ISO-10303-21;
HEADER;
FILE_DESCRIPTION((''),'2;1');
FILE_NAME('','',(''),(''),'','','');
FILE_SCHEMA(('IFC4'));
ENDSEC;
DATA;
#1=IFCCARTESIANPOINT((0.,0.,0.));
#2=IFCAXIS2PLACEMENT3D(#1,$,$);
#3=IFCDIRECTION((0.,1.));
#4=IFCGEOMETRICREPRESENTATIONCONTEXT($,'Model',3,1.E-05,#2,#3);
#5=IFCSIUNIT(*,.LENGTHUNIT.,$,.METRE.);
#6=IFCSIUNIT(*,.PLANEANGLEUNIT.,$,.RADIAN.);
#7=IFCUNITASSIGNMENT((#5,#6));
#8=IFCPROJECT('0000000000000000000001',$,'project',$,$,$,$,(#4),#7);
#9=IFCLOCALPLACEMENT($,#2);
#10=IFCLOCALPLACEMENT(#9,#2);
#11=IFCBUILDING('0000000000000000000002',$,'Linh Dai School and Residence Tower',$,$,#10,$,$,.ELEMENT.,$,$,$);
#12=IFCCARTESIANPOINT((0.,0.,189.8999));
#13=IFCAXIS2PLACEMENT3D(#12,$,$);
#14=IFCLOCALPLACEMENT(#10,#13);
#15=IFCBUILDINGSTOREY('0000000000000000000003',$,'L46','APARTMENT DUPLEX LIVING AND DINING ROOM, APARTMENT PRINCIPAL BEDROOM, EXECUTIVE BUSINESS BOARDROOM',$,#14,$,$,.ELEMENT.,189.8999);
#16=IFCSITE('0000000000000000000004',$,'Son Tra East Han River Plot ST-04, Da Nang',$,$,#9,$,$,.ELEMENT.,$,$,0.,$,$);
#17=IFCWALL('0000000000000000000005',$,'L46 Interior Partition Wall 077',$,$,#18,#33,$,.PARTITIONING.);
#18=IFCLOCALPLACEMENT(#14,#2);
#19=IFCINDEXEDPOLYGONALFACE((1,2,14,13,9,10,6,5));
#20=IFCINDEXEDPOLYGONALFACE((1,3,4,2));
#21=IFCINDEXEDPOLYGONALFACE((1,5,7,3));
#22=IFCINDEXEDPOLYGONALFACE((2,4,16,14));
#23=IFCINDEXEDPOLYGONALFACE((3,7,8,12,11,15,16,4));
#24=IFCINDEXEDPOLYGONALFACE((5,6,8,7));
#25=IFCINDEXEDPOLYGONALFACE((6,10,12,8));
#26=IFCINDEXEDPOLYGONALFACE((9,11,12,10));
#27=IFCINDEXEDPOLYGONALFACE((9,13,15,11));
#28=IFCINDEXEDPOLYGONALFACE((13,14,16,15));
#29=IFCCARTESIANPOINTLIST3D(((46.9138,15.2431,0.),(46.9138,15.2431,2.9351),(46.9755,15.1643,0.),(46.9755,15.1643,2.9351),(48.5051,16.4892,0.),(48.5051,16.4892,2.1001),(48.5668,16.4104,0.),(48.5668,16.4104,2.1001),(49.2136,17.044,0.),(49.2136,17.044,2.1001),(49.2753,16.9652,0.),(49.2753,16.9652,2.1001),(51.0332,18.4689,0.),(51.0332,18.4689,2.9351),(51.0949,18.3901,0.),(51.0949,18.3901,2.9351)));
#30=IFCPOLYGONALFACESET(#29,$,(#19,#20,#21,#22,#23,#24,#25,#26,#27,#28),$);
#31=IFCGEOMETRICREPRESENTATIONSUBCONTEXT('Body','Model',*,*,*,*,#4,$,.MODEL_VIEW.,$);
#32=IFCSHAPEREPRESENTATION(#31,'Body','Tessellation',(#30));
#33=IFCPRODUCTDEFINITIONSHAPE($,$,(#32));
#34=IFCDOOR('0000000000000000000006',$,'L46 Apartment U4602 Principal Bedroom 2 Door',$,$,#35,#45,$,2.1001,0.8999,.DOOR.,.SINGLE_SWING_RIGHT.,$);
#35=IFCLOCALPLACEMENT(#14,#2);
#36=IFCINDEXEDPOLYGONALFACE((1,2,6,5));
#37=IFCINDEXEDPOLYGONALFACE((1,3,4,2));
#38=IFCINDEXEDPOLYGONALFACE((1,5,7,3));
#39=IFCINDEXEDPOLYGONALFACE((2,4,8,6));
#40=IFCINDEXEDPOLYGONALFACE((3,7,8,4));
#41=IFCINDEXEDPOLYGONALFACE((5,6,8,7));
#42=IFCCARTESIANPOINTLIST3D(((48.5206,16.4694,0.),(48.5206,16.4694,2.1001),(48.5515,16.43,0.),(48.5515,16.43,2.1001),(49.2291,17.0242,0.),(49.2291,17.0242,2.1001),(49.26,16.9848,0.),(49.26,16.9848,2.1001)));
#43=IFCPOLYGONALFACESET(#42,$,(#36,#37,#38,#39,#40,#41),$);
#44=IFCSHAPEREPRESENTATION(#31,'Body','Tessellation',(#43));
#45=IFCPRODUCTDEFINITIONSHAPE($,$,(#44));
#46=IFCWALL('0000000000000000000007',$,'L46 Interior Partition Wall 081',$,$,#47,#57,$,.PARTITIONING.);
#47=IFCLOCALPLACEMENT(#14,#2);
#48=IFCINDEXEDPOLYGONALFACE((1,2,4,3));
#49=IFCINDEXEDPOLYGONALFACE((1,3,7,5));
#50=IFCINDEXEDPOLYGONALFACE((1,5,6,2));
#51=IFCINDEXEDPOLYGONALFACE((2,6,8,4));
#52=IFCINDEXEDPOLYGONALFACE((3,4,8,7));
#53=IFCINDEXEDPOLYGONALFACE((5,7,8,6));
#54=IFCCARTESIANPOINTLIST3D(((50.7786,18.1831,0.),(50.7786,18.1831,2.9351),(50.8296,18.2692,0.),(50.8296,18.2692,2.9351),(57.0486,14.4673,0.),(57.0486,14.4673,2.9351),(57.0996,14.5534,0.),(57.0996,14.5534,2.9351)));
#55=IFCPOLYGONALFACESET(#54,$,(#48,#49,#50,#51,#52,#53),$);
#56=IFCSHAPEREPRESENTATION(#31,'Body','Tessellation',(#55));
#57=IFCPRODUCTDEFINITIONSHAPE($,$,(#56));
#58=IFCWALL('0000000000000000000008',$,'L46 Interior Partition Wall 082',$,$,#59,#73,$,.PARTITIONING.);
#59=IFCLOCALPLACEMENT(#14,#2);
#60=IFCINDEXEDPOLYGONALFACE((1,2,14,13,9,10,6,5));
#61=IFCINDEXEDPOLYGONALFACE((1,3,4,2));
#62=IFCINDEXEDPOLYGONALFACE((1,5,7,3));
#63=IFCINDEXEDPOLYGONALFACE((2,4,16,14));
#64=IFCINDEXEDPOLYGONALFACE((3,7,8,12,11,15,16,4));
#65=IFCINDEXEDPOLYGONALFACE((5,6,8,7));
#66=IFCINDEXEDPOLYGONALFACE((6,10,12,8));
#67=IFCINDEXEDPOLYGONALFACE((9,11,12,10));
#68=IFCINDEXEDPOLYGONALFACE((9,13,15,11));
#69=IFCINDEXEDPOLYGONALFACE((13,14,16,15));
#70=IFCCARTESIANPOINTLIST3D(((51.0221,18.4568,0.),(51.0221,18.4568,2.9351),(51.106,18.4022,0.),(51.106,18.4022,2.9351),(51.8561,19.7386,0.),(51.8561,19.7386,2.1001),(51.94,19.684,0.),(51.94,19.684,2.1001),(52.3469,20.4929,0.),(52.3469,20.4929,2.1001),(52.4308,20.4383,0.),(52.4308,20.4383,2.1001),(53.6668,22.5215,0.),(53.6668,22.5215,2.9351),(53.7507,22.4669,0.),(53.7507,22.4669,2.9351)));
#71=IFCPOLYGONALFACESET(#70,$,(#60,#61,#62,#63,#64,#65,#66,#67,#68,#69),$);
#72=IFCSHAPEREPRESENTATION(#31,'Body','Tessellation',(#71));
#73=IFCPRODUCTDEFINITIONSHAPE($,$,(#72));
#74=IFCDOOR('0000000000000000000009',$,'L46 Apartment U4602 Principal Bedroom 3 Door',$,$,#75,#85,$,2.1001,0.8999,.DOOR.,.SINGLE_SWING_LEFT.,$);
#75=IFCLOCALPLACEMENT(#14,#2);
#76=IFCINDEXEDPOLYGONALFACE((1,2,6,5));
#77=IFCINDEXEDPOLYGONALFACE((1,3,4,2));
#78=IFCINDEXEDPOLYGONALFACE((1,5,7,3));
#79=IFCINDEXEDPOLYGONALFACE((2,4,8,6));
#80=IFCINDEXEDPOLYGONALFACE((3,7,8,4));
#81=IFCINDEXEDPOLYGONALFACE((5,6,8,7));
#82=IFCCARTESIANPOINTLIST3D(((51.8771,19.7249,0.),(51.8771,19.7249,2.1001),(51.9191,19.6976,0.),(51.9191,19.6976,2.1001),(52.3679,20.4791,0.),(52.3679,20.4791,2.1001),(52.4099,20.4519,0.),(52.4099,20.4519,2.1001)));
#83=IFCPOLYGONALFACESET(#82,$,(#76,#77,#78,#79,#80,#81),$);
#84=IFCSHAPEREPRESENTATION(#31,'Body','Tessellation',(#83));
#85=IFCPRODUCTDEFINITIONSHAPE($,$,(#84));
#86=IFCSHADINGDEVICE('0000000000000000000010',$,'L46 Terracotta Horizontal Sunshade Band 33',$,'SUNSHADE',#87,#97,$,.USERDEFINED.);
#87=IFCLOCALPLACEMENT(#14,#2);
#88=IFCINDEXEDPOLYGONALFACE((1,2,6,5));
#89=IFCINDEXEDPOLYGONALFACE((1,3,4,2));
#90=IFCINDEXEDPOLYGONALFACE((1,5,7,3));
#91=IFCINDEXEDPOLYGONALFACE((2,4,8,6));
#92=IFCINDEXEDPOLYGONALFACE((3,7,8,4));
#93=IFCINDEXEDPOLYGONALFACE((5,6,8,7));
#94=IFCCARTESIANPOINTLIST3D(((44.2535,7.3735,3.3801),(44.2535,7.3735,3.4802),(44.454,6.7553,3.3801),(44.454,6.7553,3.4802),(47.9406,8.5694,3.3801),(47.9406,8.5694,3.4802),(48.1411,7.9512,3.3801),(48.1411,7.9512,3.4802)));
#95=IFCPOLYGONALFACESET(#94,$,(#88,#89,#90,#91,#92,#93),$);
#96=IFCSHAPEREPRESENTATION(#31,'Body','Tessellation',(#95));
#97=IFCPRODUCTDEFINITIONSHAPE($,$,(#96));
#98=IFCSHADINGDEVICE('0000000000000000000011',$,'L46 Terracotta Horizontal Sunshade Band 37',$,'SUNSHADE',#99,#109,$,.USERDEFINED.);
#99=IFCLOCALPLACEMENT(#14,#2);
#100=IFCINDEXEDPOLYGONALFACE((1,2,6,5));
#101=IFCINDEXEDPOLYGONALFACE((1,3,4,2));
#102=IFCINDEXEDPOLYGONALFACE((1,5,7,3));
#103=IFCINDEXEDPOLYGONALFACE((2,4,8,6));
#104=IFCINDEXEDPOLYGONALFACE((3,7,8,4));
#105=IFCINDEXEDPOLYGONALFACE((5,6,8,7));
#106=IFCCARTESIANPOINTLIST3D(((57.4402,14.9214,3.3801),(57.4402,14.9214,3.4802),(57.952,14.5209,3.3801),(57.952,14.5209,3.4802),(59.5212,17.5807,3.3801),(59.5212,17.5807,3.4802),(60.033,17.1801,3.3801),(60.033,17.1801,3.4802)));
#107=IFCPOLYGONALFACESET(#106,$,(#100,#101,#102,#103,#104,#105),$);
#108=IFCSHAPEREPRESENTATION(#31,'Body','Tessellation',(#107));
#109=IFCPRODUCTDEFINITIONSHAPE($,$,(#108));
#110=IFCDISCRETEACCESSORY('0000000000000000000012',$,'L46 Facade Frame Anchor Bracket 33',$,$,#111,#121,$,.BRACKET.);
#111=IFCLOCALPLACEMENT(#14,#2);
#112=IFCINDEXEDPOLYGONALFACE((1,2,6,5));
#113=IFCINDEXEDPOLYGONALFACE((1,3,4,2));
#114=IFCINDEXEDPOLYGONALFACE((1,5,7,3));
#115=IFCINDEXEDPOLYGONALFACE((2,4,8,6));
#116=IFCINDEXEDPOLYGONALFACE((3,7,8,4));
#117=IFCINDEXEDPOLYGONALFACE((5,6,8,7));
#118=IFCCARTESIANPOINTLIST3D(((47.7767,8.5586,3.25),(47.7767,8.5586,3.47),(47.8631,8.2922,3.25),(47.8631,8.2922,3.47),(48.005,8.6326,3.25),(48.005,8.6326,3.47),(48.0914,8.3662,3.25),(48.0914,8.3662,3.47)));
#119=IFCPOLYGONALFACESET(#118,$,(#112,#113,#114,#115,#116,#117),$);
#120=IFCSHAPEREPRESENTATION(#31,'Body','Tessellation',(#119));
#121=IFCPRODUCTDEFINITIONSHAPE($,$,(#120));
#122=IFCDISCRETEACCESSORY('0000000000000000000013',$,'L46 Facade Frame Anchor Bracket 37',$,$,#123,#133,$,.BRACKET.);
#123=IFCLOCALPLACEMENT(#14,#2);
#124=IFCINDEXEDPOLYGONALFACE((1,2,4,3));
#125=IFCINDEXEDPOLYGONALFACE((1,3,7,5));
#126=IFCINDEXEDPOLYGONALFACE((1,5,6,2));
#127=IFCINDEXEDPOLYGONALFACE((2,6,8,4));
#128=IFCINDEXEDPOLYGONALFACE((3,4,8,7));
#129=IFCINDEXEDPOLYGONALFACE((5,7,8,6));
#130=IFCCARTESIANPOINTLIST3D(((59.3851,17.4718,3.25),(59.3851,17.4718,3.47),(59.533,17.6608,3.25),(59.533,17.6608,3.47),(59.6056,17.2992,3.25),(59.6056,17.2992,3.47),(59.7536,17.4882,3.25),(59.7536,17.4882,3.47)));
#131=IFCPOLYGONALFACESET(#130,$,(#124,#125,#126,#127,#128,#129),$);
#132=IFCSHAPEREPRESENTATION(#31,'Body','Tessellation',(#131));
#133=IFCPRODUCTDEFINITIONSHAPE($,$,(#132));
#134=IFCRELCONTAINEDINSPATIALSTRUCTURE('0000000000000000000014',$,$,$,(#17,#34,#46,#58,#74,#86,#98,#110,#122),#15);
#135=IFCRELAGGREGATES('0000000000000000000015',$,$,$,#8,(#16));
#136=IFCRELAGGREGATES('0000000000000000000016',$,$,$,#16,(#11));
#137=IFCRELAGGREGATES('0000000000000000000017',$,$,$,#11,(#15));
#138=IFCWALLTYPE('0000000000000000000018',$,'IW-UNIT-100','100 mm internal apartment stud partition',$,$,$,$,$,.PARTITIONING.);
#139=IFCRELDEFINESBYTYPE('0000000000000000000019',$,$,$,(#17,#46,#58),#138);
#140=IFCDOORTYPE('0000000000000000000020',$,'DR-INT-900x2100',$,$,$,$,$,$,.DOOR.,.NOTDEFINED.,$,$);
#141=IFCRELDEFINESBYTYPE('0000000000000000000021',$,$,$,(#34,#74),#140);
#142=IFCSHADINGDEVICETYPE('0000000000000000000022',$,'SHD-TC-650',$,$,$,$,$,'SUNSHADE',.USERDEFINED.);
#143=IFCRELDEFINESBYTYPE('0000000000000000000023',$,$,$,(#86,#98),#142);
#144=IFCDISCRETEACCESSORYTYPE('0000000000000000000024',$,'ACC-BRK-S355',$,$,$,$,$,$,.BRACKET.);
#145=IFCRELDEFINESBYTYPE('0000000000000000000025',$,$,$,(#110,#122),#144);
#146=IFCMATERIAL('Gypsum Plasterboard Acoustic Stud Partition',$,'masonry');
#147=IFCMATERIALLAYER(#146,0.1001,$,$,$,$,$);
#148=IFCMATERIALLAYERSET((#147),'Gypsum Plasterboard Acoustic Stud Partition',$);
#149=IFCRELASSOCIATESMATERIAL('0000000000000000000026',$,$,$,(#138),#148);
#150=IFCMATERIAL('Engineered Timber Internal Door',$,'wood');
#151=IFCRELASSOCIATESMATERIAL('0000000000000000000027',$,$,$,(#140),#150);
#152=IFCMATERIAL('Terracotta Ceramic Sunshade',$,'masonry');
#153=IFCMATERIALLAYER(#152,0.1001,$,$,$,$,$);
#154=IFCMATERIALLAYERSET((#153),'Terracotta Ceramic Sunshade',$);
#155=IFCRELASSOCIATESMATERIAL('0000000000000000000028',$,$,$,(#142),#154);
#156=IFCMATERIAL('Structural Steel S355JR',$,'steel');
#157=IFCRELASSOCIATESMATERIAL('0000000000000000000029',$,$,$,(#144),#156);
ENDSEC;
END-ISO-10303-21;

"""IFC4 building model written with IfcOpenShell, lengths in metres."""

from ifc_helpers import new_model, si_unit, direction, frame, frame_2d, origin, origin_2d, place, context, subcontext, project, spatial, rectangle, extrude, source, transform, mapped, material, layer, layer_set, type_object, element, fill, save


model = new_model("IFC4")

# Units and contexts
model_context = context("Model", 3, precision=1e-05, world=origin(), true_north=direction((0.0, 1.0)))
body_context = subcontext(model_context, "Body", "Model", "MODEL_VIEW")
ifc_project = project(units=[si_unit("LENGTHUNIT", "METRE"), si_unit("PLANEANGLEUNIT", "RADIAN")], contexts=[model_context])

# Site, building, storey
site_placement = place(None, origin())
site = spatial("IfcSite", under=ifc_project, at=site_placement, Name="Son Tra East Han River Plot ST-04, Da Nang", CompositionType="ELEMENT", RefElevation=0.0)
building_placement = place(site_placement, origin())
building = spatial("IfcBuilding", under=site, at=building_placement, Name="Linh Dai School and Residence Tower", CompositionType="ELEMENT")
storey_placement = place(building_placement, frame((0.0, 0.0, 189.8999)))
storey = spatial("IfcBuildingStorey", under=building, at=storey_placement, Name="L46", Description="APARTMENT DUPLEX LIVING AND DINING ROOM, APARTMENT PRINCIPAL BEDROOM, EXECUTIVE BUSINESS BOARDROOM", CompositionType="ELEMENT", Elevation=189.8999)

# Shared definitions
ifc_material_1 = material(Name="Structural Steel S355JR", Category="steel")

# Shared definitions
ifc_material_2 = material(Name="Gypsum Plasterboard Acoustic Stud Partition", Category="masonry")
ifc_layer_1 = layer(ifc_material_2, 0.1001)
ifc_layer_set_1 = layer_set([ifc_layer_1], Name="Gypsum Plasterboard Acoustic Stud Partition")
wall_type_1 = type_object("IfcWallType", Name="IW-UNIT-100", Description="100 mm internal apartment stud partition", PredefinedType="PARTITIONING", material=ifc_layer_set_1)

# Wall, opening, door
wall_1_placement = place(storey_placement, frame((46.9446, 15.2036, 0.0), z_axis=(0.0, 0.0, 1.0), x_axis=(0.787323, 0.616541, 0.0)))
wall_1 = element("IfcWall", 1, at=wall_1_placement, inside=storey, type_object=wall_type_1, Name="L46 Interior Partition Wall 077", PredefinedType="PARTITIONING", context=body_context, shape_type="SweptSolid", body=[
    extrude(rectangle(XDim=5.2322, YDim=0.1001, at=frame_2d((2.6162, 0.0))), origin(), (0.0, 0.0, 1.0), 2.9351),
])
opening_1_placement = place(wall_1_placement, frame((2.0212, 0.0, 0.0)))
opening_1 = element("IfcOpeningElement", 2, at=opening_1_placement, cuts=wall_1, PredefinedType="OPENING", context=body_context, shape_type="SweptSolid", body=[
    extrude(rectangle(XDim=0.8999, YDim=2.1001, at=origin_2d()), frame((0.45, 0.0601, 1.05), z_axis=(0.0, -1.0, 0.0), x_axis=(1.0, 0.0, 0.0)), (0.0, 0.0, 1.0), 0.1201),
])
ifc_material_3 = material(Name="Engineered Timber Internal Door", Category="wood")
door_type = type_object("IfcDoorType", Name="DR-INT-900x2100", OperationType="NOTDEFINED", PredefinedType="DOOR", material=ifc_material_3)
shared_shape_1 = source(origin(), body_context, "Body", "SweptSolid", [
    extrude(rectangle(XDim=0.8999, YDim=2.1001, at=origin_2d()), frame((0.45, 0.0249, 1.05), z_axis=(0.0, -1.0, 0.0), x_axis=(1.0, 0.0, 0.0)), (0.0, 0.0, 1.0), 0.05),
])
door_1_placement = place(opening_1_placement, origin())
door_1 = element("IfcDoor", 3, at=door_1_placement, inside=storey, type_object=door_type, Name="L46 Apartment U4602 Principal Bedroom 2 Door", OperationType="SINGLE_SWING_RIGHT", OverallHeight=2.1001, OverallWidth=0.8999, PredefinedType="DOOR", context=body_context, shape_type="MappedRepresentation", body=[
    mapped(shared_shape_1, transform((0.0, 0.0, 0.0), x_axis=(1.0, 0.0, 0.0), y_axis=(0.0, 1.0, 0.0), z_axis=(0.0, 0.0, 1.0), scale=1.0)),
])
fill(opening_1, door_1)

# Wall
wall_2_placement = place(storey_placement, frame((50.8042, 18.2261, 0.0), z_axis=(0.0, 0.0, 1.0), x_axis=(0.860276, -0.509828, 0.0)))
element("IfcWall", 4, at=wall_2_placement, inside=storey, type_object=wall_type_1, Name="L46 Interior Partition Wall 081", PredefinedType="PARTITIONING", context=body_context, shape_type="SweptSolid", body=[
    extrude(rectangle(XDim=7.2883, YDim=0.1001, at=frame_2d((3.644, 0.0))), origin(), (0.0, 0.0, 1.0), 2.9351),
])

# Wall, opening, door
wall_3_placement = place(storey_placement, frame((51.064, 18.4294, 0.0), z_axis=(0.0, 0.0, 1.0), x_axis=(0.545383, 0.838187, 0.0)))
wall_3 = element("IfcWall", 5, at=wall_3_placement, inside=storey, type_object=wall_type_1, Name="L46 Interior Partition Wall 082", PredefinedType="PARTITIONING", context=body_context, shape_type="SweptSolid", body=[
    extrude(rectangle(XDim=4.8494, YDim=0.1001, at=frame_2d((2.4248, 0.0))), origin(), (0.0, 0.0, 1.0), 2.9351),
])
opening_2_placement = place(wall_3_placement, frame((1.5293, 0.0, 0.0)))
opening_2 = element("IfcOpeningElement", 6, at=opening_2_placement, cuts=wall_3, PredefinedType="OPENING", context=body_context, shape_type="SweptSolid", body=[
    extrude(rectangle(XDim=0.8999, YDim=2.1001, at=origin_2d()), frame((0.45, 0.0601, 1.05), z_axis=(0.0, -1.0, 0.0), x_axis=(1.0, 0.0, 0.0)), (0.0, 0.0, 1.0), 0.1201),
])
door_2_placement = place(opening_2_placement, origin())
door_2 = element("IfcDoor", 7, at=door_2_placement, inside=storey, type_object=door_type, Name="L46 Apartment U4602 Principal Bedroom 3 Door", OperationType="SINGLE_SWING_LEFT", OverallHeight=2.1001, OverallWidth=0.8999, PredefinedType="DOOR", context=body_context, shape_type="MappedRepresentation", body=[
    mapped(shared_shape_1, transform((0.0, 0.0, 0.0), x_axis=(1.0, 0.0, 0.0), y_axis=(0.0, 1.0, 0.0), z_axis=(0.0, 0.0, 1.0), scale=1.0)),
])
fill(opening_2, door_2)

# Shading devices
ifc_material_4 = material(Name="Terracotta Ceramic Sunshade", Category="masonry")
ifc_layer_2 = layer(ifc_material_4, 0.1001)
ifc_layer_set_2 = layer_set([ifc_layer_2], Name="Terracotta Ceramic Sunshade")
shading_device_type = type_object("IfcShadingDeviceType", Name="SHD-TC-650", ElementType="SUNSHADE", PredefinedType="USERDEFINED", material=ifc_layer_set_2)
shared_shape_2 = source(origin(), body_context, "Body", "SweptSolid", [
    extrude(rectangle(XDim=3.8762, YDim=0.6499, at=origin_2d()), origin(), (0.0, 0.0, 1.0), 0.1001),
])
shading_device_1_placement = place(storey_placement, frame((46.1973, 7.6624, 3.3801), z_axis=(0.0, 0.0, 1.0), x_axis=(-0.951213, -0.308536, 0.0)))
element("IfcShadingDevice", 8, at=shading_device_1_placement, inside=storey, type_object=shading_device_type, Name="L46 Terracotta Horizontal Sunshade Band 33", ObjectType="SUNSHADE", PredefinedType="USERDEFINED", context=body_context, shape_type="MappedRepresentation", body=[
    mapped(shared_shape_2, transform((0.0, 0.0, 0.0), x_axis=(1.0, 0.0, 0.0), y_axis=(0.0, 1.0, 0.0), z_axis=(0.0, 0.0, 1.0), scale=1.0)),
])
shared_shape_3 = source(origin(), body_context, "Body", "SweptSolid", [
    extrude(rectangle(XDim=3.3767, YDim=0.6499, at=origin_2d()), origin(), (0.0, 0.0, 1.0), 0.1001),
])
shading_device_2_placement = place(storey_placement, frame((58.7366, 16.0508, 3.3801), z_axis=(0.0, 0.0, 1.0), x_axis=(-0.616286, -0.787522, 0.0)))
element("IfcShadingDevice", 9, at=shading_device_2_placement, inside=storey, type_object=shading_device_type, Name="L46 Terracotta Horizontal Sunshade Band 37", ObjectType="SUNSHADE", PredefinedType="USERDEFINED", context=body_context, shape_type="MappedRepresentation", body=[
    mapped(shared_shape_3, transform((0.0, 0.0, 0.0), x_axis=(1.0, 0.0, 0.0), y_axis=(0.0, 1.0, 0.0), z_axis=(0.0, 0.0, 1.0), scale=1.0)),
])

# Discrete accessories
discrete_accessory_type = type_object("IfcDiscreteAccessoryType", Name="ACC-BRK-S355", PredefinedType="BRACKET", material=ifc_material_1)
shared_shape_4 = source(origin(), body_context, "Body", "SweptSolid", [
    extrude(rectangle(XDim=0.28, YDim=0.24, at=origin_2d()), origin(), (0.0, 0.0, 1.0), 0.22),
])
for number, where, z_axis, x_axis, name in (
    (10, (47.9341, 8.4624, 3.25), (0.0, 0.0, 1.0), (0.308536, -0.951213, 0.0), "L46 Facade Frame Anchor Bracket 33"),
    (11, (59.5693, 17.48, 3.25), (0.0, 0.0, 1.0), (0.787522, -0.616286, 0.0), "L46 Facade Frame Anchor Bracket 37"),
):
    element("IfcDiscreteAccessory", number, at=place(storey_placement, frame(where, z_axis=z_axis, x_axis=x_axis)), inside=storey, type_object=discrete_accessory_type, Name=name, PredefinedType="BRACKET", context=body_context, shape_type="MappedRepresentation", body=[
        mapped(shared_shape_4, transform((0.0, 0.0, 0.0), x_axis=(1.0, 0.0, 0.0), y_axis=(0.0, 1.0, 0.0), z_axis=(0.0, 0.0, 1.0), scale=1.0)),
    ])

save(model, "model.ifc")
